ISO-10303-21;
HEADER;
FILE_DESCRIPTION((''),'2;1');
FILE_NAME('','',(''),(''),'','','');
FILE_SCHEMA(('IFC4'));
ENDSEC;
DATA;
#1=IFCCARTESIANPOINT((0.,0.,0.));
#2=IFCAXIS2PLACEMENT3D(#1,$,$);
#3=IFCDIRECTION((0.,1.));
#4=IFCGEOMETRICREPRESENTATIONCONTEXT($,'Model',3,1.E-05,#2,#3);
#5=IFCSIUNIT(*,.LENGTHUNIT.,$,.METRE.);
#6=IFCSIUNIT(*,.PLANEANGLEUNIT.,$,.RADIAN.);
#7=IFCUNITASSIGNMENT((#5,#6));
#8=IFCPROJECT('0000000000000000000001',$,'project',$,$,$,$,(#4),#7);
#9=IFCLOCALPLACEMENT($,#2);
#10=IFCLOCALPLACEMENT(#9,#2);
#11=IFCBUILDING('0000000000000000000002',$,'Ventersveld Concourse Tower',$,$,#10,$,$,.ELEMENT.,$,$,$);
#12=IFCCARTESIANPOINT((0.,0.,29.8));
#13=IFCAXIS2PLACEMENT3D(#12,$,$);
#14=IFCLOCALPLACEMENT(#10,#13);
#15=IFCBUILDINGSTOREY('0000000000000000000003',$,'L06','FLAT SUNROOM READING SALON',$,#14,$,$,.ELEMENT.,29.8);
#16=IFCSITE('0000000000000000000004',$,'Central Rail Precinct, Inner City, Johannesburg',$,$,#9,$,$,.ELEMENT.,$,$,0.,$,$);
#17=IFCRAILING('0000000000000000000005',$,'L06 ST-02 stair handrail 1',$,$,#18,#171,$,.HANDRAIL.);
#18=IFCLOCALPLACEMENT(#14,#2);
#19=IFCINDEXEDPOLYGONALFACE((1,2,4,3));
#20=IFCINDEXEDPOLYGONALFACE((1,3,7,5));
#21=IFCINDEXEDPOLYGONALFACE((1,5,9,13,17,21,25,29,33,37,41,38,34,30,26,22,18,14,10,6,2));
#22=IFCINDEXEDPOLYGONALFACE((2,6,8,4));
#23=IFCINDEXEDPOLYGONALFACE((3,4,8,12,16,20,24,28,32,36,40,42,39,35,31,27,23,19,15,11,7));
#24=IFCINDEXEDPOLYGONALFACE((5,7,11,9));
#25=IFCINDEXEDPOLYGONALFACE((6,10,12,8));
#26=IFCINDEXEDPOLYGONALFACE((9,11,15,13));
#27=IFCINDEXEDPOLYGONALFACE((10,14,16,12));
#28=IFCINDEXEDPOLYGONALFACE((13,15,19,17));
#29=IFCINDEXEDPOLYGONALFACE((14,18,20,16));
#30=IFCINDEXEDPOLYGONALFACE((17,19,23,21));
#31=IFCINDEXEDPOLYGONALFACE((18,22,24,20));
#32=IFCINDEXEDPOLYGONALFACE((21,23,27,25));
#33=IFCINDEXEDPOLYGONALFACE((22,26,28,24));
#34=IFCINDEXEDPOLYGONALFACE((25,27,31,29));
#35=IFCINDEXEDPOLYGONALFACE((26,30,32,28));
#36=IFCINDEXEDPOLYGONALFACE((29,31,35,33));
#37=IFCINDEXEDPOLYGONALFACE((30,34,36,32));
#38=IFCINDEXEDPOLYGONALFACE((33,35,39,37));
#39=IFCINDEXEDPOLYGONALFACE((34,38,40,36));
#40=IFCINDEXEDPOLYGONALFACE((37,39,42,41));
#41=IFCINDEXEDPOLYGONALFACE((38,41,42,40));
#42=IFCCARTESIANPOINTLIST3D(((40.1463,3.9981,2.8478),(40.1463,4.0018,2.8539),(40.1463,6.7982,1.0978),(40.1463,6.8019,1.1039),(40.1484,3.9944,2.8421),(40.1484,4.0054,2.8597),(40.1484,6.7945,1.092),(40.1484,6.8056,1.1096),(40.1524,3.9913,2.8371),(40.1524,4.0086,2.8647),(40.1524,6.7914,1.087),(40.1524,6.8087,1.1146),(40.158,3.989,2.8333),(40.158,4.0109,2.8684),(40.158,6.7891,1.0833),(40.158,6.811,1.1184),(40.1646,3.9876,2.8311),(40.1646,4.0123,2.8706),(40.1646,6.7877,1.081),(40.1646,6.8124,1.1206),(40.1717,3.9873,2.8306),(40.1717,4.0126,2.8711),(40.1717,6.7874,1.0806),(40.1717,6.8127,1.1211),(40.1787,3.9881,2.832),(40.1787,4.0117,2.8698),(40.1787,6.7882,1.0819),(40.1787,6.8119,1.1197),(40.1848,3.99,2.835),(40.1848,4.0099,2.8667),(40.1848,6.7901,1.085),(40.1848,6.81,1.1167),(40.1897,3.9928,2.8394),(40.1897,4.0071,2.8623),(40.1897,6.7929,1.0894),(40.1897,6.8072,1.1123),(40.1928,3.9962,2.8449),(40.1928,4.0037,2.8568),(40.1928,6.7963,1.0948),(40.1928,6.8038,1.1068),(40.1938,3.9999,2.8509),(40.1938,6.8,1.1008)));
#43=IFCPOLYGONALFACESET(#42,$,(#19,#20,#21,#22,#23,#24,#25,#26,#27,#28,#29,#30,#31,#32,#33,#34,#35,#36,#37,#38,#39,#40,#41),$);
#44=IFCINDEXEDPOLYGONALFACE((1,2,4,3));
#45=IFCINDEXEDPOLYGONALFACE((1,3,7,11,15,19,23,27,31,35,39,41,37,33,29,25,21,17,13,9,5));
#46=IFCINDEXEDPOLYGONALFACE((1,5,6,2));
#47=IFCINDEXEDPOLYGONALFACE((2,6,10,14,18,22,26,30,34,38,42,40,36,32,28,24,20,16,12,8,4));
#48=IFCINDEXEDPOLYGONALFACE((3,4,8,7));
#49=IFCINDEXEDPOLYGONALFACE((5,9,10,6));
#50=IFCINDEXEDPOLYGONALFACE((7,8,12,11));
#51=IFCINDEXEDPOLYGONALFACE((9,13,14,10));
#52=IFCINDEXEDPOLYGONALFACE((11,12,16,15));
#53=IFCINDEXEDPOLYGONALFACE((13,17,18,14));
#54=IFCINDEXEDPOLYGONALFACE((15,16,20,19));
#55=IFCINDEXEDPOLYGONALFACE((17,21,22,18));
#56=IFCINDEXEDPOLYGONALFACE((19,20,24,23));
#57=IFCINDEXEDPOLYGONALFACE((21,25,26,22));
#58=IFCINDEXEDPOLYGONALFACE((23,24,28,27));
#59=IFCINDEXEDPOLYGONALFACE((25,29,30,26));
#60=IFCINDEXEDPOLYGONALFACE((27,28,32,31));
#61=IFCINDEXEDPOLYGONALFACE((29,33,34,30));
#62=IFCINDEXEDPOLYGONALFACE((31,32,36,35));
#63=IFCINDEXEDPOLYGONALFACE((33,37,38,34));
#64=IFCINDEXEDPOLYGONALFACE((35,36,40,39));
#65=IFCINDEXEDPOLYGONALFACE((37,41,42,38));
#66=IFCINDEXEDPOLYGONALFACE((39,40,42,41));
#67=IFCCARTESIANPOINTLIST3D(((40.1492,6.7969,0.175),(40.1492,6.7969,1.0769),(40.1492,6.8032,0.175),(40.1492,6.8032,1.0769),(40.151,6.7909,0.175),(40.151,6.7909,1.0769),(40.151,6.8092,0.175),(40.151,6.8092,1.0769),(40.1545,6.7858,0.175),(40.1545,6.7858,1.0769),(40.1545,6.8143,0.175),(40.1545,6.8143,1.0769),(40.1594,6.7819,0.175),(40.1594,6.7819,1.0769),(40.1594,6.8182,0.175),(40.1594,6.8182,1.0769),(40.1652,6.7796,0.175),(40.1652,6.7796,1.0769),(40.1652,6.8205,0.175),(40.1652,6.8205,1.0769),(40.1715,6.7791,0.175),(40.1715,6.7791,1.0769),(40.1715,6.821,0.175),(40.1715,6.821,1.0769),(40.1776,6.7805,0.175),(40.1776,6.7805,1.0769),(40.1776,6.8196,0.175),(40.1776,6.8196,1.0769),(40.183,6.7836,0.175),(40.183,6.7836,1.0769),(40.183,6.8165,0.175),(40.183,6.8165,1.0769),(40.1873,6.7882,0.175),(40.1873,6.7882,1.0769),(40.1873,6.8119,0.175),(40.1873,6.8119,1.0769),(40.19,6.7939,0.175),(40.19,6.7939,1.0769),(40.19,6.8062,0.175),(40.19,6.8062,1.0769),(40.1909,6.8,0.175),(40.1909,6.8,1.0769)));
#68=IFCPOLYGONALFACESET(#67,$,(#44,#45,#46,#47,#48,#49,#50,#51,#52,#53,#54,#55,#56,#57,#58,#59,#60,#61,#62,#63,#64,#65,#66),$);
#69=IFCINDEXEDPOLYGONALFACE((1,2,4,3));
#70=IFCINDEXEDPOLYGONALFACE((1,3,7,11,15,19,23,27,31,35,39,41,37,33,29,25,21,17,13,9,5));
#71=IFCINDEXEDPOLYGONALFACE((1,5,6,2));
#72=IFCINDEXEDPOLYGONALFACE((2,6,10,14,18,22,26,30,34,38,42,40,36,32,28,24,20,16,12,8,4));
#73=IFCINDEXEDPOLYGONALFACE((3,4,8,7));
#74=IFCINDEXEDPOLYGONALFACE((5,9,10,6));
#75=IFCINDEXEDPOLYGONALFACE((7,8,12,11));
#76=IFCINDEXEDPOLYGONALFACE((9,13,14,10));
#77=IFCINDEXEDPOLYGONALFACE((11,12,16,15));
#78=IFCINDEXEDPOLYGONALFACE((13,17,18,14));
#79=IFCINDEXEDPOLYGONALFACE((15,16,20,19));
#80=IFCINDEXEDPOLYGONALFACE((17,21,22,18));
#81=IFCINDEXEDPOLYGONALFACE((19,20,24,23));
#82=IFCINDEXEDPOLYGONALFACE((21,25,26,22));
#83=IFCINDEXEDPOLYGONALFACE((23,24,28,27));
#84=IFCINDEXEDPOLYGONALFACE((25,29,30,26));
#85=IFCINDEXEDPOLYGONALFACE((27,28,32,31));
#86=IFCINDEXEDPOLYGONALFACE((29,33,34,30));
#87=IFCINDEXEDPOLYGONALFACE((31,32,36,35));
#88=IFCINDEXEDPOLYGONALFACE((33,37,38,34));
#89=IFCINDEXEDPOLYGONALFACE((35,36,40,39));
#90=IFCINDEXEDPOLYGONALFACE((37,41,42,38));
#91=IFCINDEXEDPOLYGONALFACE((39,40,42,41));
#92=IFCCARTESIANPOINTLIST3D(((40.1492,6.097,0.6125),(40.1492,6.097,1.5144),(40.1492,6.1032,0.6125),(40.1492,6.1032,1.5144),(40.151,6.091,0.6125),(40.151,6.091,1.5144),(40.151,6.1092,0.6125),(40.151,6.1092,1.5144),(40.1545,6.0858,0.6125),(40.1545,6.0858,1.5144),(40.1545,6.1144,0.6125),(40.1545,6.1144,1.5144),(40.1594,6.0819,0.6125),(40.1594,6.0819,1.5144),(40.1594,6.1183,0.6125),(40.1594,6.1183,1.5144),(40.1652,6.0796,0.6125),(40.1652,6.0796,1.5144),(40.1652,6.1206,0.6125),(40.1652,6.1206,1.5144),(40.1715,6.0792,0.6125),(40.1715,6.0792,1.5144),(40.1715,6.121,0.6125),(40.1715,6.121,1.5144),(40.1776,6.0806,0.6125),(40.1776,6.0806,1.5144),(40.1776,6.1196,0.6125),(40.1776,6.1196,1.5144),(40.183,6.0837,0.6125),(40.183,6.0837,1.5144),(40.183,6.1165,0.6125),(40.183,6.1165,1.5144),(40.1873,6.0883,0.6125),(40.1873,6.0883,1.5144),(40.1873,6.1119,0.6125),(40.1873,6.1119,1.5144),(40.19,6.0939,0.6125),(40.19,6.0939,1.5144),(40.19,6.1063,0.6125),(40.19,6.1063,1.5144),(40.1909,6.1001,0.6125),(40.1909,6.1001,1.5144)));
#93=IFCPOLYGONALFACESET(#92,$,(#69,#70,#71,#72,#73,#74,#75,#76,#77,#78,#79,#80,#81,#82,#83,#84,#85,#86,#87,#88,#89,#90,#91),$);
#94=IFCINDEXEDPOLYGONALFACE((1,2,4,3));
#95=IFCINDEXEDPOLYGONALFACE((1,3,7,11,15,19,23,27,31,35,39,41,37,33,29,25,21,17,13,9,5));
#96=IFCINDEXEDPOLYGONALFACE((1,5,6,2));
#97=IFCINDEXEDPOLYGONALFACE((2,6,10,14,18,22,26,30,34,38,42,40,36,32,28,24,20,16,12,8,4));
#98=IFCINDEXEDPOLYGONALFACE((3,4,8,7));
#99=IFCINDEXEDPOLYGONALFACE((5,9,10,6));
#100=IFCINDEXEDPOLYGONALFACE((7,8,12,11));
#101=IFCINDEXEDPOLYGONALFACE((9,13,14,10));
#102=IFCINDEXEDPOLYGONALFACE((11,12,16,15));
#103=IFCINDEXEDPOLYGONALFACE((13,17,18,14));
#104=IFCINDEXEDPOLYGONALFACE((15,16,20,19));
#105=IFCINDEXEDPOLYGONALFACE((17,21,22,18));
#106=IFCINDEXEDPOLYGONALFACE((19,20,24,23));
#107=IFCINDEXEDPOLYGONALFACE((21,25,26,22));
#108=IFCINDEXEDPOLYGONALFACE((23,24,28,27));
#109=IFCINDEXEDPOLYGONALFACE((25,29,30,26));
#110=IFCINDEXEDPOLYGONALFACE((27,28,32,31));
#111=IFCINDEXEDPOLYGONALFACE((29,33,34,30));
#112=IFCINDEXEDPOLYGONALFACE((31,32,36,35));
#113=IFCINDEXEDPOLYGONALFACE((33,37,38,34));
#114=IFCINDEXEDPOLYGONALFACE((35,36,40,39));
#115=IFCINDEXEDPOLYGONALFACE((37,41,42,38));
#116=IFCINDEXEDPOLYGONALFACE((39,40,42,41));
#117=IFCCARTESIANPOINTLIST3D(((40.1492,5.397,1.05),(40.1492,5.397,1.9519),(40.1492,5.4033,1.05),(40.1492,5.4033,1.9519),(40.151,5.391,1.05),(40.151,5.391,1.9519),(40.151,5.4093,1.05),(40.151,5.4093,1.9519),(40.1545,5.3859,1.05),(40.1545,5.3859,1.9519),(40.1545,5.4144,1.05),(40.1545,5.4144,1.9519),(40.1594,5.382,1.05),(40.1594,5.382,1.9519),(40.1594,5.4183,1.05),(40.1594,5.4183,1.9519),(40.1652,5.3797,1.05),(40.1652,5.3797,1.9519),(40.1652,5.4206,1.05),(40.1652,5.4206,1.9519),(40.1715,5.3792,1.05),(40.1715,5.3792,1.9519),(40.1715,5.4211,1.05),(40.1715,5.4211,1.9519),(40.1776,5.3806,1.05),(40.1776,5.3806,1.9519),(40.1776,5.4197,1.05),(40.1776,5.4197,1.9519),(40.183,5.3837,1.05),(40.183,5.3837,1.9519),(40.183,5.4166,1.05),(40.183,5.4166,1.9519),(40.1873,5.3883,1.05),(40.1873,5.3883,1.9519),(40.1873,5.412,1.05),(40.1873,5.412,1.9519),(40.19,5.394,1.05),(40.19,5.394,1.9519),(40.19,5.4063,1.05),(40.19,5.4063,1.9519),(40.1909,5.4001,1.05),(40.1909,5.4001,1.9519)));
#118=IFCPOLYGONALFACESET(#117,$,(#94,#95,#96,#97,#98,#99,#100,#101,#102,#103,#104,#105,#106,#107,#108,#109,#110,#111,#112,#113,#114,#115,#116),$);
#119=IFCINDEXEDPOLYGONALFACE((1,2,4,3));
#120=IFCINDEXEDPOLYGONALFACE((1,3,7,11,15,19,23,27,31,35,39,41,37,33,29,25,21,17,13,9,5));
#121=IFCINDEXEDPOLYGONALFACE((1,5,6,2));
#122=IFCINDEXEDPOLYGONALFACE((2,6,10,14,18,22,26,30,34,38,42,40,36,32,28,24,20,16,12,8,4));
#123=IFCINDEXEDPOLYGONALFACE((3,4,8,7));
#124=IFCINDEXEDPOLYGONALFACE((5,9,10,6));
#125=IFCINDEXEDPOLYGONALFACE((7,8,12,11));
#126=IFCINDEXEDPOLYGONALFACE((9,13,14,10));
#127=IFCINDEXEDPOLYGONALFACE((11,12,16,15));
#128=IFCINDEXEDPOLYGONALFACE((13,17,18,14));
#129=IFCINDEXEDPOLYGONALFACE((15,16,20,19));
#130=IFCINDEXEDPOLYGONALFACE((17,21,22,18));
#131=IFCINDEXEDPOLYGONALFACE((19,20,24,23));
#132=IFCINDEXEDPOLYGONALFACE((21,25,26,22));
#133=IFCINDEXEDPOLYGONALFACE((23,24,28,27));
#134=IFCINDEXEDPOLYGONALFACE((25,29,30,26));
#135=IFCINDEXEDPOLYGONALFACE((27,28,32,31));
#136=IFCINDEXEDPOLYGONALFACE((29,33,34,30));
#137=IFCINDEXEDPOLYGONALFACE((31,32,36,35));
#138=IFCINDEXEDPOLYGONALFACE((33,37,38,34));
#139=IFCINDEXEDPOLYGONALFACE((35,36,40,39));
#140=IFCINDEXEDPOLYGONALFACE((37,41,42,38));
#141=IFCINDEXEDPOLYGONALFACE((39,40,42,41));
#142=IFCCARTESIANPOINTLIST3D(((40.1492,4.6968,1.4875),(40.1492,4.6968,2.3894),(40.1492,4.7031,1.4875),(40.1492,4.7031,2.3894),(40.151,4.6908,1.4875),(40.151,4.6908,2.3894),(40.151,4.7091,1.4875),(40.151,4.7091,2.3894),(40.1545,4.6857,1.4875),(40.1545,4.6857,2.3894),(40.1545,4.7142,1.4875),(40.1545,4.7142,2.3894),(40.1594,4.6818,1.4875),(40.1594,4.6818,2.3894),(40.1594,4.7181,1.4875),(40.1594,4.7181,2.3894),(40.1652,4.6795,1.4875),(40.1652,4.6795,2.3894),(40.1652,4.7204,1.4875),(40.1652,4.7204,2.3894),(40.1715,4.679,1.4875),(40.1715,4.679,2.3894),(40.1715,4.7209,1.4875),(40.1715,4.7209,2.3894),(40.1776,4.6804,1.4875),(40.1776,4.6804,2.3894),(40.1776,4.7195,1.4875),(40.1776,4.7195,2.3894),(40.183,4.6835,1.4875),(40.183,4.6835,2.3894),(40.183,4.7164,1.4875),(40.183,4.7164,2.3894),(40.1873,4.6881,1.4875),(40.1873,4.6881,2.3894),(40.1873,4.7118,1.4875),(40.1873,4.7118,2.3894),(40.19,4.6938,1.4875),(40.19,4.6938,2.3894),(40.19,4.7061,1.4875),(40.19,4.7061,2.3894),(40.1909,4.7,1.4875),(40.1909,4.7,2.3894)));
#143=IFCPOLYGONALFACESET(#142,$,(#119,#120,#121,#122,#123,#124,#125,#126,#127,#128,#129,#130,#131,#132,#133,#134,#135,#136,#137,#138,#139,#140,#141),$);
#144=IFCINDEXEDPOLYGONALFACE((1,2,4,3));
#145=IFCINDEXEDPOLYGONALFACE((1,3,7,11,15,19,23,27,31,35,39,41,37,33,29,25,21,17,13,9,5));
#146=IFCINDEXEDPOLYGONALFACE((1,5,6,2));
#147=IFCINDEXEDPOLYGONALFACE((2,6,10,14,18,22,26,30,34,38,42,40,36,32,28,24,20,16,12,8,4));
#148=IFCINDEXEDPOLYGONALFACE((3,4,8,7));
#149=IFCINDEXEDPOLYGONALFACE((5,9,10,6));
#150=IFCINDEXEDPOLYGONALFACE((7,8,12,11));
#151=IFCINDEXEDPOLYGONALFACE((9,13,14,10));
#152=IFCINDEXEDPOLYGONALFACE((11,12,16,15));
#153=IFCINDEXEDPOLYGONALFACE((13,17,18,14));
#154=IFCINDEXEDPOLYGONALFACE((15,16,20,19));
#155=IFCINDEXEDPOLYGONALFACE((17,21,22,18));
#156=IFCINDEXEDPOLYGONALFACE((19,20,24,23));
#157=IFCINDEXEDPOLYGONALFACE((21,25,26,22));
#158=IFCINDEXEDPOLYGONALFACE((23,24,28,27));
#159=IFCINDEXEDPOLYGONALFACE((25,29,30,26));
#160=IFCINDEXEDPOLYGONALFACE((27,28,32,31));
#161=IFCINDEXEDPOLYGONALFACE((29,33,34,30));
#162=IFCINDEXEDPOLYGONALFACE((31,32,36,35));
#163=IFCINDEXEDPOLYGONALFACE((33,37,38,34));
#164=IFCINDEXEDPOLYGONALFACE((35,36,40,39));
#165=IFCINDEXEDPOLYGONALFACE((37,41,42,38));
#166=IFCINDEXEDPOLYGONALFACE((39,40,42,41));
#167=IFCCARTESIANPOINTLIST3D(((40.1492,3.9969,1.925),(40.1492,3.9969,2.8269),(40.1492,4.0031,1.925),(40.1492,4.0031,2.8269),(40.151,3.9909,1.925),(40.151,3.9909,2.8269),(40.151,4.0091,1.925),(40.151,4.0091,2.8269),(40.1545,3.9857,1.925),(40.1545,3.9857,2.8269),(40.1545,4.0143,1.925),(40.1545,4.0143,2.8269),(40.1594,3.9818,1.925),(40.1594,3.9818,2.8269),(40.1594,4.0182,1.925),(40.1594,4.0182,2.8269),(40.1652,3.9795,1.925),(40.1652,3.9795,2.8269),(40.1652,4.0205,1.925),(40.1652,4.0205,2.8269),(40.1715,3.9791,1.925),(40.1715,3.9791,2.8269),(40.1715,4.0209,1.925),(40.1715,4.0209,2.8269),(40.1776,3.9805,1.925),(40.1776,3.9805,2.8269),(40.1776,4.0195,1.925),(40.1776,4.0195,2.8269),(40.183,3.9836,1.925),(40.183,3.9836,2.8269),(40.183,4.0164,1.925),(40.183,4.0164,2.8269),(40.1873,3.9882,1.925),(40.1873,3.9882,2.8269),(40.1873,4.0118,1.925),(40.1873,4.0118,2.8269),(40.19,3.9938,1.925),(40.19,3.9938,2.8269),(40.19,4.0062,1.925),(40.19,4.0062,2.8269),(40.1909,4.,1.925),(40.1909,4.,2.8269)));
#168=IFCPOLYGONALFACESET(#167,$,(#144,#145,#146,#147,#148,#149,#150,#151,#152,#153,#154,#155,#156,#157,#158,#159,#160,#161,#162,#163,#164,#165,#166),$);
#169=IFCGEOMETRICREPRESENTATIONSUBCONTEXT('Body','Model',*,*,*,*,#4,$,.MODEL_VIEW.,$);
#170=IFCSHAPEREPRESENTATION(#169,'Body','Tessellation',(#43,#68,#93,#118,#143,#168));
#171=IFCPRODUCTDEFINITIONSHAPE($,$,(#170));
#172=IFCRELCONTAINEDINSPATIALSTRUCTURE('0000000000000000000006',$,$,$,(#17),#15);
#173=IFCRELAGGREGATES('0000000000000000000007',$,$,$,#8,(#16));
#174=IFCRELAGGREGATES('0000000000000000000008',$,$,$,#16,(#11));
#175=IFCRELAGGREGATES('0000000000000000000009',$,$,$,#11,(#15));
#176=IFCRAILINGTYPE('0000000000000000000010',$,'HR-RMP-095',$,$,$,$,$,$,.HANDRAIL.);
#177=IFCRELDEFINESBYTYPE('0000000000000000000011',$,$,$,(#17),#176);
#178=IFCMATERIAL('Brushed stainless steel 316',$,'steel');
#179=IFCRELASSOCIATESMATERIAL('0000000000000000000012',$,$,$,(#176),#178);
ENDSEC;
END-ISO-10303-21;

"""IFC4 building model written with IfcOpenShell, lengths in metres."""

from ifc_helpers import new_model, si_unit, direction, frame, origin, origin_2d, place, context, subcontext, project, spatial, circle, extrude, material, type_object, element, save


model = new_model("IFC4")

# Units and contexts
model_context = context("Model", 3, precision=1e-05, world=origin(), true_north=direction((0.0, 1.0)))
body_context = subcontext(model_context, "Body", "Model", "MODEL_VIEW")
ifc_project = project(units=[si_unit("LENGTHUNIT", "METRE"), si_unit("PLANEANGLEUNIT", "RADIAN")], contexts=[model_context])

# Site, building, storey
site_placement = place(None, origin())
site = spatial("IfcSite", under=ifc_project, at=site_placement, Name="Central Rail Precinct, Inner City, Johannesburg", CompositionType="ELEMENT", RefElevation=0.0)
building_placement = place(site_placement, origin())
building = spatial("IfcBuilding", under=site, at=building_placement, Name="Ventersveld Concourse Tower", CompositionType="ELEMENT")
storey_placement = place(building_placement, frame((0.0, 0.0, 29.8)))
storey = spatial("IfcBuildingStorey", under=building, at=storey_placement, Name="L06", Description="FLAT SUNROOM READING SALON", CompositionType="ELEMENT", Elevation=29.8)

# Railing
ifc_material_1 = material(Name="Brushed stainless steel 316", Category="steel")
railing_type_1 = type_object("IfcRailingType", Name="HR-RMP-095", PredefinedType="HANDRAIL", material=ifc_material_1)
railing_1_placement = place(storey_placement, frame((40.1699, 6.8, 0.175)))
element("IfcRailing", 1, at=railing_1_placement, inside=storey, type_object=railing_type_1, Name="L06 ST-02 stair handrail 1", PredefinedType="HANDRAIL", context=body_context, shape_type="SweptSolid", body=[
    extrude(circle(Radius=0.0239, at=origin_2d()), frame((0.0, 0.0, 0.9258), z_axis=(0.0, -0.848002, 0.529992), x_axis=(1.0, 0.0, 0.0)), (0.0, 0.0, 1.0), 3.302),
    extrude(circle(Radius=0.021, at=origin_2d()), origin(), (0.0, 0.0, 1.0), 0.9019),
    extrude(circle(Radius=0.021, at=origin_2d()), frame((0.0, -0.7, 0.4375)), (0.0, 0.0, 1.0), 0.9019),
    extrude(circle(Radius=0.021, at=origin_2d()), frame((0.0, -1.3999, 0.875)), (0.0, 0.0, 1.0), 0.9019),
    extrude(circle(Radius=0.021, at=origin_2d()), frame((0.0, -2.1001, 1.3125)), (0.0, 0.0, 1.0), 0.9019),
    extrude(circle(Radius=0.021, at=origin_2d()), frame((0.0, -2.8, 1.75)), (0.0, 0.0, 1.0), 0.9019),
])

save(model, "model.ifc")
